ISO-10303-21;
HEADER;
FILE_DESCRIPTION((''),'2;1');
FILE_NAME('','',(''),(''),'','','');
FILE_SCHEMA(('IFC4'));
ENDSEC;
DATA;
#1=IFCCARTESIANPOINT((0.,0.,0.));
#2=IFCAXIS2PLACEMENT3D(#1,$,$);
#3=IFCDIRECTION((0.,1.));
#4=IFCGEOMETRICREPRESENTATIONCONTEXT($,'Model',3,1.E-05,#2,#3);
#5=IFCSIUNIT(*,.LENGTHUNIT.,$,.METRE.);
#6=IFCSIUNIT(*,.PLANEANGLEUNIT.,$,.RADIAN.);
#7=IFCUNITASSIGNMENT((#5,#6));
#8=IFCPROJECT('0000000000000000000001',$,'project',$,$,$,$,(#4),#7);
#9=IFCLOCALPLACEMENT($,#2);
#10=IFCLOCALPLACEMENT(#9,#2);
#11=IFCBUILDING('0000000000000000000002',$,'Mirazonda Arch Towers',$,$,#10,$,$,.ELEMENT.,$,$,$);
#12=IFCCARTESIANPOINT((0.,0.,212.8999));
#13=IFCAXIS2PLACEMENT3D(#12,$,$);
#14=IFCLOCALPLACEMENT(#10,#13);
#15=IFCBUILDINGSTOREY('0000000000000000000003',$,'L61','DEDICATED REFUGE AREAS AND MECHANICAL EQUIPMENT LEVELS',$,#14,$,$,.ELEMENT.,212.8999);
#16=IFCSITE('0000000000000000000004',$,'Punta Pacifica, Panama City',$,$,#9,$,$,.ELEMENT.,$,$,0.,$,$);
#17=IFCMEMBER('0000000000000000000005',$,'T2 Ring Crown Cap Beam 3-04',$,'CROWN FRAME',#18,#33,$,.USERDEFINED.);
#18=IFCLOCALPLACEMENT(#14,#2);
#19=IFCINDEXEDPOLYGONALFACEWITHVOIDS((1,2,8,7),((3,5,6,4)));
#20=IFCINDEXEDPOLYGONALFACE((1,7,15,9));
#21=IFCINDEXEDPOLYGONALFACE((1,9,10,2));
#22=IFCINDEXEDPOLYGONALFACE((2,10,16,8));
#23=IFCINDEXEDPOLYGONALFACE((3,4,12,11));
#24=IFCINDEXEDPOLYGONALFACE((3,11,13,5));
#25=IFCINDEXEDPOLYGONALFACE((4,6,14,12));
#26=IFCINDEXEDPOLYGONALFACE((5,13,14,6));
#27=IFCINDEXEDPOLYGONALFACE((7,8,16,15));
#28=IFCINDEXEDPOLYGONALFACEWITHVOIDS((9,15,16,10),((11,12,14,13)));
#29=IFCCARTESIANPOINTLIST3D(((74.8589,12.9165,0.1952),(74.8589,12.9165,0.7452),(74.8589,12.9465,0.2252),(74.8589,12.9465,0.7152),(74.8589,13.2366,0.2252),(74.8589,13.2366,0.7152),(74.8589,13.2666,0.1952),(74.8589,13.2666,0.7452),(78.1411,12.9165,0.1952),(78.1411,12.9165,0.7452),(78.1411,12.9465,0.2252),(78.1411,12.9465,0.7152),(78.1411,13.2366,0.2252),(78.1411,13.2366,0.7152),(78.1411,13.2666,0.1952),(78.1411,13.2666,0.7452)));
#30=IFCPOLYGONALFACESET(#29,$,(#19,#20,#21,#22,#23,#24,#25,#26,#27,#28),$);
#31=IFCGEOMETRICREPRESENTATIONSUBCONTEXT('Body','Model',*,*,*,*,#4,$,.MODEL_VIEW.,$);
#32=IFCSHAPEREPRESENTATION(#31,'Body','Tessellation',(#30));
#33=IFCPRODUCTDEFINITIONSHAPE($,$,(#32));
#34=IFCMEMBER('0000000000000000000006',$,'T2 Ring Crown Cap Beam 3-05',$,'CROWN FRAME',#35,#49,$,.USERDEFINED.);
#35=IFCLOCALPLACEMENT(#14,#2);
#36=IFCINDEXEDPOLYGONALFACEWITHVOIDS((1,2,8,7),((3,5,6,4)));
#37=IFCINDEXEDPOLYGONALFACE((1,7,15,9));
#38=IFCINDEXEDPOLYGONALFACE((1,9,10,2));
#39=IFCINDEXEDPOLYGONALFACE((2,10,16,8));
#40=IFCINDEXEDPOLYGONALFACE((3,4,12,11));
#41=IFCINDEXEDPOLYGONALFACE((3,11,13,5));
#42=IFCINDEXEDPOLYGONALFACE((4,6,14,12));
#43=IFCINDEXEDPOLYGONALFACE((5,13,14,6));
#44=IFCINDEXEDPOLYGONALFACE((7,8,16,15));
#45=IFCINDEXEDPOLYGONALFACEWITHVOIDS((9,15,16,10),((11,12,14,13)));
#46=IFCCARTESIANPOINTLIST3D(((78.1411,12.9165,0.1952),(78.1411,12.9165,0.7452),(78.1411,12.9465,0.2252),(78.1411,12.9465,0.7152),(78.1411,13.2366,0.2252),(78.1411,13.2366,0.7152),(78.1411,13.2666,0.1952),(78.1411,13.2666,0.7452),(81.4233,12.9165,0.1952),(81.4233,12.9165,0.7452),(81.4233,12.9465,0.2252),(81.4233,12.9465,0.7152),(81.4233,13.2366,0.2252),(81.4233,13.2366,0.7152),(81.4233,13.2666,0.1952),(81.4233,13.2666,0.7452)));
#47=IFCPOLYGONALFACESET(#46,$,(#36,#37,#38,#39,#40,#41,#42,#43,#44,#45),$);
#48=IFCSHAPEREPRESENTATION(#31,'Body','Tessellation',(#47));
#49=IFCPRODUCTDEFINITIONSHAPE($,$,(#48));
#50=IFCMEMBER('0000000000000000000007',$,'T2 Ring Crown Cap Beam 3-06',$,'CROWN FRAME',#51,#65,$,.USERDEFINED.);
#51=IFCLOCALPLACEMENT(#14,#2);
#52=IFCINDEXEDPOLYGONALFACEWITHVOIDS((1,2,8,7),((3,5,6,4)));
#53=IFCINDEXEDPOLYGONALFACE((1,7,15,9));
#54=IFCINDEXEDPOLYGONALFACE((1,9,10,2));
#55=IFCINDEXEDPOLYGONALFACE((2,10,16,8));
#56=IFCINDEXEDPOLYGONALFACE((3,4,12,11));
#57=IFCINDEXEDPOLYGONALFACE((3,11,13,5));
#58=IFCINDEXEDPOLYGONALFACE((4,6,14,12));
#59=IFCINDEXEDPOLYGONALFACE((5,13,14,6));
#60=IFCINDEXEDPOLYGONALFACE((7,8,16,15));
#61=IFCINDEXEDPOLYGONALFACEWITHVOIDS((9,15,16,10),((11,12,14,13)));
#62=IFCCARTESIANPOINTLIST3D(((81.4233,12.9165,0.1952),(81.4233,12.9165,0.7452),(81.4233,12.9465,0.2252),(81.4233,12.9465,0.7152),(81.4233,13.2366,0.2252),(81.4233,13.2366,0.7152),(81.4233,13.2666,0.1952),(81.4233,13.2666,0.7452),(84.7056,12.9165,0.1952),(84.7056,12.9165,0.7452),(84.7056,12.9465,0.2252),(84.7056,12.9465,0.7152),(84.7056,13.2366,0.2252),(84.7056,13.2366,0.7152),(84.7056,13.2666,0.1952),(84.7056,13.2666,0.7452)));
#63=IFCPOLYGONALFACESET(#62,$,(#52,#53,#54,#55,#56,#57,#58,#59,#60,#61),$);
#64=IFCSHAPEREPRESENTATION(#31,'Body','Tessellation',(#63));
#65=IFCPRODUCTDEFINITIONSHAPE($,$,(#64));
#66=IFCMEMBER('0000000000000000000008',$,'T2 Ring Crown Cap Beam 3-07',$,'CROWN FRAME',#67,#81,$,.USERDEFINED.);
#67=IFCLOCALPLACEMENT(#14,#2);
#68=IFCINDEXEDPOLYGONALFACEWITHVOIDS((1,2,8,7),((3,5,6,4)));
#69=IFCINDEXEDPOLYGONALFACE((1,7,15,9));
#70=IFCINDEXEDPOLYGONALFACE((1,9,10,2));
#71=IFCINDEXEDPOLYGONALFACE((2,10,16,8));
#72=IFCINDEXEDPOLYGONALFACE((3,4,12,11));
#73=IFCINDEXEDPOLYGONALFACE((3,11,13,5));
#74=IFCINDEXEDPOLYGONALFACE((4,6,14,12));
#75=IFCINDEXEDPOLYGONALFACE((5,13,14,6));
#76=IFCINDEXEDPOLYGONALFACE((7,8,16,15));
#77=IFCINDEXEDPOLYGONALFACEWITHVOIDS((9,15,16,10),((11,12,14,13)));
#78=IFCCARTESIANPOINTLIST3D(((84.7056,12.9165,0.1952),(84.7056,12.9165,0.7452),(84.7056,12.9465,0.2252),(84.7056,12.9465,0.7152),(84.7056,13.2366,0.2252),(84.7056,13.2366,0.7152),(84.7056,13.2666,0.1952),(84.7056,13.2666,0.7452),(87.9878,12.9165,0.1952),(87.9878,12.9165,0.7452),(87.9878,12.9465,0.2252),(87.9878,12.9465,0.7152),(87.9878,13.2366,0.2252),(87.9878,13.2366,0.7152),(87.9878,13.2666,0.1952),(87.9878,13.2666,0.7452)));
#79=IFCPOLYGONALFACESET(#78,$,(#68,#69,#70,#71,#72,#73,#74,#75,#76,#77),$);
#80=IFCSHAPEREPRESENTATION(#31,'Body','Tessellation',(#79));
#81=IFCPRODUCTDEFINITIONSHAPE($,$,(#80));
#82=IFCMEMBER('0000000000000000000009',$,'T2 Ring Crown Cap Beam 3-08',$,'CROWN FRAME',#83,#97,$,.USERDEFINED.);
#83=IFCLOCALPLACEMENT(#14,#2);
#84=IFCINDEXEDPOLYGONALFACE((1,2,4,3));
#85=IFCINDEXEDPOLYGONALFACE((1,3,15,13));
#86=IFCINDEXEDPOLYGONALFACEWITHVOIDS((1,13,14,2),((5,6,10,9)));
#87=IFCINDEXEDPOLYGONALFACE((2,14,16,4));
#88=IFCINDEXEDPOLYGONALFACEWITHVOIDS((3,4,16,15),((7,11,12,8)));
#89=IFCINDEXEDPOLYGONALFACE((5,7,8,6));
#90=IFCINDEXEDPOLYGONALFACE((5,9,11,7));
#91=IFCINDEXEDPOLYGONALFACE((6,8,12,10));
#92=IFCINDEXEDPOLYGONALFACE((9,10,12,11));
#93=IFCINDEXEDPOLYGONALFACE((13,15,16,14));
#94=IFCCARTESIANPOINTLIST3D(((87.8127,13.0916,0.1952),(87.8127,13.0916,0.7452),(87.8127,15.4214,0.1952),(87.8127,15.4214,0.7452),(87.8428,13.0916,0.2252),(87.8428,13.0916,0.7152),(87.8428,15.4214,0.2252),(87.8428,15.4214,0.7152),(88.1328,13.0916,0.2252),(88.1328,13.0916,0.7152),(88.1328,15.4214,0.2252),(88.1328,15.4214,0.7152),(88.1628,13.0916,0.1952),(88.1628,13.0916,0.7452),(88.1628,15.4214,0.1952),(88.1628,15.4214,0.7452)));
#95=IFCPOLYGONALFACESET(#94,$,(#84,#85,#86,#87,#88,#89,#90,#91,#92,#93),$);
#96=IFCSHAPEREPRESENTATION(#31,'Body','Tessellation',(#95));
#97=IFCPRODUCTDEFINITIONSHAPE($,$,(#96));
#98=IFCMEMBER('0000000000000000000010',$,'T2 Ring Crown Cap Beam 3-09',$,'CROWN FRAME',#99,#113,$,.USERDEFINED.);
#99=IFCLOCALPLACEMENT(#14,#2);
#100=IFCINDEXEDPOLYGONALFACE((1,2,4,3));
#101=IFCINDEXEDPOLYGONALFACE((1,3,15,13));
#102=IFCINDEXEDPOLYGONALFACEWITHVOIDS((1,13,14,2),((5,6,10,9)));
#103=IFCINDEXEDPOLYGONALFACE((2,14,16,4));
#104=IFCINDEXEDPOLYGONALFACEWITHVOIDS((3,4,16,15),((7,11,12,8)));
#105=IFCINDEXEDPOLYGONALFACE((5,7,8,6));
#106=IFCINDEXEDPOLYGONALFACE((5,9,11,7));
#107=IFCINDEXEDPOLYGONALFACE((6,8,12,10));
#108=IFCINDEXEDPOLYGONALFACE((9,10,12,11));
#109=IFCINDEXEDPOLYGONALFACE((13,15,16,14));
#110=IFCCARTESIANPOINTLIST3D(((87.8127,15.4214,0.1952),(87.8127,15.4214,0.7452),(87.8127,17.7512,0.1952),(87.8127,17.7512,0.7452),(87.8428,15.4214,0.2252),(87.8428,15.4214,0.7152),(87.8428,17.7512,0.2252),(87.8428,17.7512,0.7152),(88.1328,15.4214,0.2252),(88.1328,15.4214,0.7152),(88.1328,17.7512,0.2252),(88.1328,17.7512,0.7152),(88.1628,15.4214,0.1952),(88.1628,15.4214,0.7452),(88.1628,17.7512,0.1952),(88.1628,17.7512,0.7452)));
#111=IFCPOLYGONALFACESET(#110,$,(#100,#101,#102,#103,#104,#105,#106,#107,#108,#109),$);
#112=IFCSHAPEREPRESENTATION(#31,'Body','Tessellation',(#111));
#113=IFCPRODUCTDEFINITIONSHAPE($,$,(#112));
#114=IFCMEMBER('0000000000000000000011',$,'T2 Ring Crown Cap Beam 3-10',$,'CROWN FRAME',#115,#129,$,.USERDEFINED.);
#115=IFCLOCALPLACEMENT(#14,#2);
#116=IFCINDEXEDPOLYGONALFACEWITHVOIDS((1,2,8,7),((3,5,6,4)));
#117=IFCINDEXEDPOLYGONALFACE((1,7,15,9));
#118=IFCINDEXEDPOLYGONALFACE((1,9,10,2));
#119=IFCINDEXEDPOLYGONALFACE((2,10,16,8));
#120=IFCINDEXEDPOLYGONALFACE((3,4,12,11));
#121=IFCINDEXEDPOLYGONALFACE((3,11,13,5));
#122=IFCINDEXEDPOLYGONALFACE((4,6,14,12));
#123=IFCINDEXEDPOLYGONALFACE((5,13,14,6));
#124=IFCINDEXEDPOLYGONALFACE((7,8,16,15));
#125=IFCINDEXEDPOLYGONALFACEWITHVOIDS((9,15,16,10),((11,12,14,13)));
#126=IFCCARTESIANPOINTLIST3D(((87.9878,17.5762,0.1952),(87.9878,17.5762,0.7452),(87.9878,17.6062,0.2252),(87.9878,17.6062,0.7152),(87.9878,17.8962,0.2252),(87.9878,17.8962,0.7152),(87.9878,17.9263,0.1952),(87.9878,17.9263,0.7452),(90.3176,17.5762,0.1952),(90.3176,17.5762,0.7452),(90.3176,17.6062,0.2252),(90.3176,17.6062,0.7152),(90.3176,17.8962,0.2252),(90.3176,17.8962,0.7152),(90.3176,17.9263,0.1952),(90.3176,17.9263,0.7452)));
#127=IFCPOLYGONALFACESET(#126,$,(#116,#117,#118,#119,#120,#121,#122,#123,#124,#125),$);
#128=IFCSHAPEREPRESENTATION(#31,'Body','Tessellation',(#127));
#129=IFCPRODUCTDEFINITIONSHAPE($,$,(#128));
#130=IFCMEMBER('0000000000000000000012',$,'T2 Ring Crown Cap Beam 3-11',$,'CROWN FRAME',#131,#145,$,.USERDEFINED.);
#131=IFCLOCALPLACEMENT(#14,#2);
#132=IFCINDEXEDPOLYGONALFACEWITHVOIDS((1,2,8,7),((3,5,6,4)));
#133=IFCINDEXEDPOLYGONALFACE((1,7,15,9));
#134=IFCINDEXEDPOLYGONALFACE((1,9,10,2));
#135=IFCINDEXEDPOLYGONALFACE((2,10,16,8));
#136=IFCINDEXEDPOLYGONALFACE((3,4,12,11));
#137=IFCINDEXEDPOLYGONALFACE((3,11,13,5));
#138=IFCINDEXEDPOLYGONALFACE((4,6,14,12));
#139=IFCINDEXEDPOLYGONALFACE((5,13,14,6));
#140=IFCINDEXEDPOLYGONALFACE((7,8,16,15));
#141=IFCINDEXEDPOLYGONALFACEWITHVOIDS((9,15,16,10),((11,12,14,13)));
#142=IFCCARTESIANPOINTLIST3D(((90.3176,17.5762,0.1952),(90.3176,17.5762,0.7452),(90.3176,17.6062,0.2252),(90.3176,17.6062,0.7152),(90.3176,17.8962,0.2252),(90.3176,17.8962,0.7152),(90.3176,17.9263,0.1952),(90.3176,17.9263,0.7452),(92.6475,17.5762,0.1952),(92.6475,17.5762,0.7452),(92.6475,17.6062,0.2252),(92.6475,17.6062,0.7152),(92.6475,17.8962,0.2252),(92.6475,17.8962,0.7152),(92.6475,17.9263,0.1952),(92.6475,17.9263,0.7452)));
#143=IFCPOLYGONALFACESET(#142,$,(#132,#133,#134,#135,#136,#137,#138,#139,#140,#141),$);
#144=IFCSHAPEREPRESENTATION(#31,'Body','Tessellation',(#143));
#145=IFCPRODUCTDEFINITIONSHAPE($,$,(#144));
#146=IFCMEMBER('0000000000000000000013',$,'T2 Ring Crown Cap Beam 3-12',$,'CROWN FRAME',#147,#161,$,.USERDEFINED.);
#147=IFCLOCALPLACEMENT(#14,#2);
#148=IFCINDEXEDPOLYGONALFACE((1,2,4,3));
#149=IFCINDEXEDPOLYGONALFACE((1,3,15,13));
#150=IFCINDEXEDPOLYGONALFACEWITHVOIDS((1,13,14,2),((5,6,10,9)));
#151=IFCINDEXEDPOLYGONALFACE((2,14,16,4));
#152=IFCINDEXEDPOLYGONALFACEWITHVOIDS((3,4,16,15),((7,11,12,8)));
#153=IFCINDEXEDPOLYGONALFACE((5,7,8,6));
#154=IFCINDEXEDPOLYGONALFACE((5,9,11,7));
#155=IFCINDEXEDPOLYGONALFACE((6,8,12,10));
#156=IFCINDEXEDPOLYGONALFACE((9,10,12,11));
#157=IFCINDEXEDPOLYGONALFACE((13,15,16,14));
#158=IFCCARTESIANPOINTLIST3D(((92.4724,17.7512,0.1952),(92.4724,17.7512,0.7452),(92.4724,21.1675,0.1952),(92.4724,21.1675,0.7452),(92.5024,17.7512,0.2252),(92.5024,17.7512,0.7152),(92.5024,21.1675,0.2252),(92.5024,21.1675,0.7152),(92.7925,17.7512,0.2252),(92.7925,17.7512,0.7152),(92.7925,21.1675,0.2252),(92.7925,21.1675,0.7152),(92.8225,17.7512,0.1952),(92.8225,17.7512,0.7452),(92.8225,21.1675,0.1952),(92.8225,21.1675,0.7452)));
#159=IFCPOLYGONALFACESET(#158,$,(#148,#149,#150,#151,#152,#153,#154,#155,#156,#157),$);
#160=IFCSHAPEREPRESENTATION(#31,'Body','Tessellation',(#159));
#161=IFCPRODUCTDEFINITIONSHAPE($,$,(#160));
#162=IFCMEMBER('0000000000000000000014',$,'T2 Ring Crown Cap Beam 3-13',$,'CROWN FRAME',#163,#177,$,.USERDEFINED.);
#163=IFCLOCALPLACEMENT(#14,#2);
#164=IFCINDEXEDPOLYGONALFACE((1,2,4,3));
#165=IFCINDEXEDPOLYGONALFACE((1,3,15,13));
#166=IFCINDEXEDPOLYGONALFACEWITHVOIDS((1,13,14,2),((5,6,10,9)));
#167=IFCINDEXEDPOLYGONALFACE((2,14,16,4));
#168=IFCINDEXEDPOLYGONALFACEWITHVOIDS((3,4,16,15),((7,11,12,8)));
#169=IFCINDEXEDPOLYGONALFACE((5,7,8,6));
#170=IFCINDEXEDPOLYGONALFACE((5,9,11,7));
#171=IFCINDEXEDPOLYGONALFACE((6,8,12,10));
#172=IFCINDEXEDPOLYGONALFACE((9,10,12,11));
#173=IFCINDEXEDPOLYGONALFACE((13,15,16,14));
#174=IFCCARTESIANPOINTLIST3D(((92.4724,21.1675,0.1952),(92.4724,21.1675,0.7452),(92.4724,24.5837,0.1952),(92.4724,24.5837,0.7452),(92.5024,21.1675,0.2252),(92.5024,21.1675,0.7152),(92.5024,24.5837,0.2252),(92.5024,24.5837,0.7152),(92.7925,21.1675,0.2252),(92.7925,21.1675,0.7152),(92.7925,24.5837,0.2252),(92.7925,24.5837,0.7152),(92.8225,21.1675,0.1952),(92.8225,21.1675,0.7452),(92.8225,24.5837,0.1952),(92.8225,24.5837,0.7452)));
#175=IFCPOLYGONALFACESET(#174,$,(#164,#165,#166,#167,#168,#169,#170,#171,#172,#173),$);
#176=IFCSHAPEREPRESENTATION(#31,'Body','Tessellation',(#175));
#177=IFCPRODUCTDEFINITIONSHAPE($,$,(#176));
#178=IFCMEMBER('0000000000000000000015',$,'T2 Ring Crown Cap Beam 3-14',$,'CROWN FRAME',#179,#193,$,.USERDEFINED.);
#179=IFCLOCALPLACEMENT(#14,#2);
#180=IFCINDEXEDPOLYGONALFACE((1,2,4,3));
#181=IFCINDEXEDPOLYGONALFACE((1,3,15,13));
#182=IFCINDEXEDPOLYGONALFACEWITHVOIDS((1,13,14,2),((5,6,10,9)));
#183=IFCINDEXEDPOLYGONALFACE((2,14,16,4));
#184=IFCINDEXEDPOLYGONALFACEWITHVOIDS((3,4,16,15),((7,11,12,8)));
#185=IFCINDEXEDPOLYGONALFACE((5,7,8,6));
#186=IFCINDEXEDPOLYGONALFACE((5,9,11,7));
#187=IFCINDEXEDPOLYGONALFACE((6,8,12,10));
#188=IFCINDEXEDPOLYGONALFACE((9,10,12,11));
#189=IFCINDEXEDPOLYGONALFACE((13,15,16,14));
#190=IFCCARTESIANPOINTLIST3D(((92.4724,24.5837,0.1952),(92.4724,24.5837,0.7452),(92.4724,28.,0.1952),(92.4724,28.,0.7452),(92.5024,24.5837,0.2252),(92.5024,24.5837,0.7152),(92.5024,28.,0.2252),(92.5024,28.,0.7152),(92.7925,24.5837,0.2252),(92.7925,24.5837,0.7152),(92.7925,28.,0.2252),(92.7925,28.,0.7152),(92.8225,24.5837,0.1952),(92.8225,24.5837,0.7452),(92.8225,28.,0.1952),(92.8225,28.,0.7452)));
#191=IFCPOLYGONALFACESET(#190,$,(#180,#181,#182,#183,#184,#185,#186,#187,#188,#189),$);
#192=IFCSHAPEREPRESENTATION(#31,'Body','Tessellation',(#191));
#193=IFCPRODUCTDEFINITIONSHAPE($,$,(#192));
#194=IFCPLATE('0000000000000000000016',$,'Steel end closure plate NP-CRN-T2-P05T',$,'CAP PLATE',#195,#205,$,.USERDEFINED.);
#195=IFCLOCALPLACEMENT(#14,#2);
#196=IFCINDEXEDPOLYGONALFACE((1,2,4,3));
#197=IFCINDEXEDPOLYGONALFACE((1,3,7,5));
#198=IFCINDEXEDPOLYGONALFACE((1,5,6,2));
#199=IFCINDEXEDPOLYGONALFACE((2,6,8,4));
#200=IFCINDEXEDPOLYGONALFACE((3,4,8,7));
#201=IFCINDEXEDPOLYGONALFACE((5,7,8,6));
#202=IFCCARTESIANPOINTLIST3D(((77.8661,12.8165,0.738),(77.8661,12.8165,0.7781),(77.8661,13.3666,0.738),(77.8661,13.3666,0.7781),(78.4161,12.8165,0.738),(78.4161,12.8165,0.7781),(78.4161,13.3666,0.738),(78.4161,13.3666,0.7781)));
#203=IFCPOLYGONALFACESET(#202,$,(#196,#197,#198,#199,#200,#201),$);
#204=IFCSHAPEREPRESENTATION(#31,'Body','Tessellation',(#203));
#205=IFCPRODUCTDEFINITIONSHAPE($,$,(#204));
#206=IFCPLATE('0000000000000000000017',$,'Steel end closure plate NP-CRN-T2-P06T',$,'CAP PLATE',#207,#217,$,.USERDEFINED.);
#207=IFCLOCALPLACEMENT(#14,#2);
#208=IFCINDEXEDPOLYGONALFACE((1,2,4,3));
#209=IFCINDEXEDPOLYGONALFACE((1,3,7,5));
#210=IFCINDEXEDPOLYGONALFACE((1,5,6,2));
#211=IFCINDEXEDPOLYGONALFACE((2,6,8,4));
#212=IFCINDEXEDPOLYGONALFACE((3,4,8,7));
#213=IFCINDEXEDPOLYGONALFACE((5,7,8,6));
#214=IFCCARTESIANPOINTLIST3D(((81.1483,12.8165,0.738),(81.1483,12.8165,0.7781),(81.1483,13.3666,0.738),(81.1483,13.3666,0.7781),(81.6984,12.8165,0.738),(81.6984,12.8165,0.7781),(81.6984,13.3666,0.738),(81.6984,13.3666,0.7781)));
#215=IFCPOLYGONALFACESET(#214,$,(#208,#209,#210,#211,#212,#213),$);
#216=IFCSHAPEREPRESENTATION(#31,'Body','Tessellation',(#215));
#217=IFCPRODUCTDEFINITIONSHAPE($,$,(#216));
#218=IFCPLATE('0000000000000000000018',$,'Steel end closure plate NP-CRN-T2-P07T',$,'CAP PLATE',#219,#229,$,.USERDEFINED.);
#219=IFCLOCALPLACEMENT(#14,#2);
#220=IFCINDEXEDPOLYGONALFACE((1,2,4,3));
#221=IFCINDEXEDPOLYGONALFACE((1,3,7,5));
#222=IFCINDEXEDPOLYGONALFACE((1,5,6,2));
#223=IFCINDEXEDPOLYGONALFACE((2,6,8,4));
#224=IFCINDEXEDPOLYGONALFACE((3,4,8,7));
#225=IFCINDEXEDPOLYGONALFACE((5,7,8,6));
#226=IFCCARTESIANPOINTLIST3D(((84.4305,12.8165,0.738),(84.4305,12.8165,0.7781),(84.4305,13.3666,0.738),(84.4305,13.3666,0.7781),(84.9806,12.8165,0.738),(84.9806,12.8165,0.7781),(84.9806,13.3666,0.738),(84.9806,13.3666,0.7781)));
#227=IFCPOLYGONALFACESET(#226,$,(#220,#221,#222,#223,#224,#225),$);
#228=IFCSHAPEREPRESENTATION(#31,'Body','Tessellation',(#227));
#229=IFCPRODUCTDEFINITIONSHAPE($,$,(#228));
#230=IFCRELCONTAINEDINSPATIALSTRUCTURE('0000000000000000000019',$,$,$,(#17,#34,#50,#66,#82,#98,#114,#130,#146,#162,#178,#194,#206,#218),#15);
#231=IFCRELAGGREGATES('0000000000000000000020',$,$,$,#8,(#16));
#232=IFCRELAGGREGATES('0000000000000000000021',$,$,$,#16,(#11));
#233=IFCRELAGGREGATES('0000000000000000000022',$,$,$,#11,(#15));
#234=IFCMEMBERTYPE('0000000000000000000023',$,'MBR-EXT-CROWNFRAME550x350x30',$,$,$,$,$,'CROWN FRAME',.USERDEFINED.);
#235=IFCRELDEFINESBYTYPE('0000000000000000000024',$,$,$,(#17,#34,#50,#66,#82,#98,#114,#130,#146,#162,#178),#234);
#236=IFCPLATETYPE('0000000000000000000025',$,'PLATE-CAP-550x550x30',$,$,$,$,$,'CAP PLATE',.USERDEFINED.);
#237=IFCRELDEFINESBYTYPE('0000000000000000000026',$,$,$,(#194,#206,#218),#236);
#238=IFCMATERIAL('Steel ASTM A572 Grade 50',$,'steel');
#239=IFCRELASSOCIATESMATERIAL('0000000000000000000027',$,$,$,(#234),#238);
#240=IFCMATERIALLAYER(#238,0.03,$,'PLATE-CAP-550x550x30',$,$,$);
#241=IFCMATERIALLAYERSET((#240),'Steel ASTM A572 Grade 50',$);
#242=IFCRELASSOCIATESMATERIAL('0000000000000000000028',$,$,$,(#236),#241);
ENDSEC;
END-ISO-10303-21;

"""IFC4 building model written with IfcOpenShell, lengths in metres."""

from ifc_helpers import new_model, si_unit, direction, frame, origin, origin_2d, place, context, subcontext, project, spatial, rectangle, hollow_rectangle, extrude, material, layer, layer_set, material_profile, profile_set, type_object, element, save


model = new_model("IFC4")

# Units and contexts
model_context = context("Model", 3, precision=1e-05, world=origin(), true_north=direction((0.0, 1.0)))
body_context = subcontext(model_context, "Body", "Model", "MODEL_VIEW")
ifc_project = project(units=[si_unit("LENGTHUNIT", "METRE"), si_unit("PLANEANGLEUNIT", "RADIAN")], contexts=[model_context])

# Site, building, storey
site_placement = place(None, origin())
site = spatial("IfcSite", under=ifc_project, at=site_placement, Name="Punta Pacifica, Panama City", CompositionType="ELEMENT", RefElevation=0.0)
building_placement = place(site_placement, origin())
building = spatial("IfcBuilding", under=site, at=building_placement, Name="Mirazonda Arch Towers", CompositionType="ELEMENT")
storey_placement = place(building_placement, frame((0.0, 0.0, 212.8999)))
storey = spatial("IfcBuildingStorey", under=building, at=storey_placement, Name="L61", Description="DEDICATED REFUGE AREAS AND MECHANICAL EQUIPMENT LEVELS", CompositionType="ELEMENT", Elevation=212.8999)

# Members
ifc_material_1 = material(Name="Steel ASTM A572 Grade 50", Category="steel")
ifc_material_profile = material_profile(ifc_material_1, hollow_rectangle(XDim=0.3501, YDim=0.55, WallThickness=0.03, at=origin_2d()), Name="CROWNFRAME550x350x30")
ifc_profile_set = profile_set([ifc_material_profile], Name="Steel ASTM A572 Grade 50")
member_type = type_object("IfcMemberType", Name="MBR-EXT-CROWNFRAME550x350x30", ElementType="CROWN FRAME", PredefinedType="USERDEFINED", material=ifc_profile_set)
for number, where, z_axis, x_axis, name in (
    (1, (74.8589, 13.0916, 0.4702), (1.0, 0.0, 0.0), (0.0, 1.0, 0.0), "T2 Ring Crown Cap Beam 3-04"),
    (2, (78.1411, 13.0916, 0.4702), (1.0, 0.0, 0.0), (0.0, 1.0, 0.0), "T2 Ring Crown Cap Beam 3-05"),
    (3, (81.4233, 13.0916, 0.4702), (1.0, 0.0, 0.0), (0.0, 1.0, 0.0), "T2 Ring Crown Cap Beam 3-06"),
    (4, (84.7056, 13.0916, 0.4702), (1.0, 0.0, 0.0), (0.0, 1.0, 0.0), "T2 Ring Crown Cap Beam 3-07"),
):
    element("IfcMember", number, at=place(storey_placement, frame(where, z_axis=z_axis, x_axis=x_axis)), inside=storey, type_object=member_type, Name=name, ObjectType="CROWN FRAME", PredefinedType="USERDEFINED", context=body_context, shape_type="SweptSolid", body=[
        extrude(hollow_rectangle(XDim=0.3501, YDim=0.55, WallThickness=0.03, at=origin_2d()), origin(), (0.0, 0.0, 1.0), 3.2822),
    ])
for number, where, z_axis, x_axis, name in (
    (5, (87.9878, 13.0916, 0.4702), (0.0, 1.0, 0.0), (-1.0, 0.0, 0.0), "T2 Ring Crown Cap Beam 3-08"),
    (6, (87.9878, 15.4214, 0.4702), (0.0, 1.0, 0.0), (-1.0, 0.0, 0.0), "T2 Ring Crown Cap Beam 3-09"),
    (7, (87.9878, 17.7512, 0.4702), (1.0, 0.0, 0.0), (0.0, 1.0, 0.0), "T2 Ring Crown Cap Beam 3-10"),
    (8, (90.3176, 17.7512, 0.4702), (1.0, 0.0, 0.0), (0.0, 1.0, 0.0), "T2 Ring Crown Cap Beam 3-11"),
):
    element("IfcMember", number, at=place(storey_placement, frame(where, z_axis=z_axis, x_axis=x_axis)), inside=storey, type_object=member_type, Name=name, ObjectType="CROWN FRAME", PredefinedType="USERDEFINED", context=body_context, shape_type="SweptSolid", body=[
        extrude(hollow_rectangle(XDim=0.3501, YDim=0.55, WallThickness=0.03, at=origin_2d()), origin(), (0.0, 0.0, 1.0), 2.3298),
    ])
for number, where, z_axis, x_axis, name in (
    (9, (92.6475, 17.7512, 0.4702), (0.0, 1.0, 0.0), (-1.0, 0.0, 0.0), "T2 Ring Crown Cap Beam 3-12"),
    (10, (92.6475, 21.1675, 0.4702), (0.0, 1.0, 0.0), (-1.0, 0.0, 0.0), "T2 Ring Crown Cap Beam 3-13"),
    (11, (92.6475, 24.5837, 0.4702), (0.0, 1.0, 0.0), (-1.0, 0.0, 0.0), "T2 Ring Crown Cap Beam 3-14"),
):
    element("IfcMember", number, at=place(storey_placement, frame(where, z_axis=z_axis, x_axis=x_axis)), inside=storey, type_object=member_type, Name=name, ObjectType="CROWN FRAME", PredefinedType="USERDEFINED", context=body_context, shape_type="SweptSolid", body=[
        extrude(hollow_rectangle(XDim=0.3501, YDim=0.55, WallThickness=0.03, at=origin_2d()), origin(), (0.0, 0.0, 1.0), 3.4163),
    ])

# Plates
ifc_layer_1 = layer(ifc_material_1, 0.03, Name="PLATE-CAP-550x550x30")
ifc_layer_set_1 = layer_set([ifc_layer_1], Name="Steel ASTM A572 Grade 50")
plate_type = type_object("IfcPlateType", Name="PLATE-CAP-550x550x30", ElementType="CAP PLATE", PredefinedType="USERDEFINED", material=ifc_layer_set_1)
for number, where, z_axis, x_axis, name in (
    (12, (78.1411, 13.0916, 0.738), (0.0, 0.0, 1.0), (1.0, 0.0, 0.0), "Steel end closure plate NP-CRN-T2-P05T"),
    (13, (81.4233, 13.0916, 0.738), (0.0, 0.0, 1.0), (1.0, 0.0, 0.0), "Steel end closure plate NP-CRN-T2-P06T"),
    (14, (84.7056, 13.0916, 0.738), (0.0, 0.0, 1.0), (1.0, 0.0, 0.0), "Steel end closure plate NP-CRN-T2-P07T"),
):
    element("IfcPlate", number, at=place(storey_placement, frame(where, z_axis=z_axis, x_axis=x_axis)), inside=storey, type_object=plate_type, Name=name, ObjectType="CAP PLATE", PredefinedType="USERDEFINED", context=body_context, shape_type="SweptSolid", body=[
        extrude(rectangle(XDim=0.55, YDim=0.55, at=origin_2d()), origin(), (0.0, 0.0, 1.0), 0.04),
    ])

save(model, "model.ifc")
